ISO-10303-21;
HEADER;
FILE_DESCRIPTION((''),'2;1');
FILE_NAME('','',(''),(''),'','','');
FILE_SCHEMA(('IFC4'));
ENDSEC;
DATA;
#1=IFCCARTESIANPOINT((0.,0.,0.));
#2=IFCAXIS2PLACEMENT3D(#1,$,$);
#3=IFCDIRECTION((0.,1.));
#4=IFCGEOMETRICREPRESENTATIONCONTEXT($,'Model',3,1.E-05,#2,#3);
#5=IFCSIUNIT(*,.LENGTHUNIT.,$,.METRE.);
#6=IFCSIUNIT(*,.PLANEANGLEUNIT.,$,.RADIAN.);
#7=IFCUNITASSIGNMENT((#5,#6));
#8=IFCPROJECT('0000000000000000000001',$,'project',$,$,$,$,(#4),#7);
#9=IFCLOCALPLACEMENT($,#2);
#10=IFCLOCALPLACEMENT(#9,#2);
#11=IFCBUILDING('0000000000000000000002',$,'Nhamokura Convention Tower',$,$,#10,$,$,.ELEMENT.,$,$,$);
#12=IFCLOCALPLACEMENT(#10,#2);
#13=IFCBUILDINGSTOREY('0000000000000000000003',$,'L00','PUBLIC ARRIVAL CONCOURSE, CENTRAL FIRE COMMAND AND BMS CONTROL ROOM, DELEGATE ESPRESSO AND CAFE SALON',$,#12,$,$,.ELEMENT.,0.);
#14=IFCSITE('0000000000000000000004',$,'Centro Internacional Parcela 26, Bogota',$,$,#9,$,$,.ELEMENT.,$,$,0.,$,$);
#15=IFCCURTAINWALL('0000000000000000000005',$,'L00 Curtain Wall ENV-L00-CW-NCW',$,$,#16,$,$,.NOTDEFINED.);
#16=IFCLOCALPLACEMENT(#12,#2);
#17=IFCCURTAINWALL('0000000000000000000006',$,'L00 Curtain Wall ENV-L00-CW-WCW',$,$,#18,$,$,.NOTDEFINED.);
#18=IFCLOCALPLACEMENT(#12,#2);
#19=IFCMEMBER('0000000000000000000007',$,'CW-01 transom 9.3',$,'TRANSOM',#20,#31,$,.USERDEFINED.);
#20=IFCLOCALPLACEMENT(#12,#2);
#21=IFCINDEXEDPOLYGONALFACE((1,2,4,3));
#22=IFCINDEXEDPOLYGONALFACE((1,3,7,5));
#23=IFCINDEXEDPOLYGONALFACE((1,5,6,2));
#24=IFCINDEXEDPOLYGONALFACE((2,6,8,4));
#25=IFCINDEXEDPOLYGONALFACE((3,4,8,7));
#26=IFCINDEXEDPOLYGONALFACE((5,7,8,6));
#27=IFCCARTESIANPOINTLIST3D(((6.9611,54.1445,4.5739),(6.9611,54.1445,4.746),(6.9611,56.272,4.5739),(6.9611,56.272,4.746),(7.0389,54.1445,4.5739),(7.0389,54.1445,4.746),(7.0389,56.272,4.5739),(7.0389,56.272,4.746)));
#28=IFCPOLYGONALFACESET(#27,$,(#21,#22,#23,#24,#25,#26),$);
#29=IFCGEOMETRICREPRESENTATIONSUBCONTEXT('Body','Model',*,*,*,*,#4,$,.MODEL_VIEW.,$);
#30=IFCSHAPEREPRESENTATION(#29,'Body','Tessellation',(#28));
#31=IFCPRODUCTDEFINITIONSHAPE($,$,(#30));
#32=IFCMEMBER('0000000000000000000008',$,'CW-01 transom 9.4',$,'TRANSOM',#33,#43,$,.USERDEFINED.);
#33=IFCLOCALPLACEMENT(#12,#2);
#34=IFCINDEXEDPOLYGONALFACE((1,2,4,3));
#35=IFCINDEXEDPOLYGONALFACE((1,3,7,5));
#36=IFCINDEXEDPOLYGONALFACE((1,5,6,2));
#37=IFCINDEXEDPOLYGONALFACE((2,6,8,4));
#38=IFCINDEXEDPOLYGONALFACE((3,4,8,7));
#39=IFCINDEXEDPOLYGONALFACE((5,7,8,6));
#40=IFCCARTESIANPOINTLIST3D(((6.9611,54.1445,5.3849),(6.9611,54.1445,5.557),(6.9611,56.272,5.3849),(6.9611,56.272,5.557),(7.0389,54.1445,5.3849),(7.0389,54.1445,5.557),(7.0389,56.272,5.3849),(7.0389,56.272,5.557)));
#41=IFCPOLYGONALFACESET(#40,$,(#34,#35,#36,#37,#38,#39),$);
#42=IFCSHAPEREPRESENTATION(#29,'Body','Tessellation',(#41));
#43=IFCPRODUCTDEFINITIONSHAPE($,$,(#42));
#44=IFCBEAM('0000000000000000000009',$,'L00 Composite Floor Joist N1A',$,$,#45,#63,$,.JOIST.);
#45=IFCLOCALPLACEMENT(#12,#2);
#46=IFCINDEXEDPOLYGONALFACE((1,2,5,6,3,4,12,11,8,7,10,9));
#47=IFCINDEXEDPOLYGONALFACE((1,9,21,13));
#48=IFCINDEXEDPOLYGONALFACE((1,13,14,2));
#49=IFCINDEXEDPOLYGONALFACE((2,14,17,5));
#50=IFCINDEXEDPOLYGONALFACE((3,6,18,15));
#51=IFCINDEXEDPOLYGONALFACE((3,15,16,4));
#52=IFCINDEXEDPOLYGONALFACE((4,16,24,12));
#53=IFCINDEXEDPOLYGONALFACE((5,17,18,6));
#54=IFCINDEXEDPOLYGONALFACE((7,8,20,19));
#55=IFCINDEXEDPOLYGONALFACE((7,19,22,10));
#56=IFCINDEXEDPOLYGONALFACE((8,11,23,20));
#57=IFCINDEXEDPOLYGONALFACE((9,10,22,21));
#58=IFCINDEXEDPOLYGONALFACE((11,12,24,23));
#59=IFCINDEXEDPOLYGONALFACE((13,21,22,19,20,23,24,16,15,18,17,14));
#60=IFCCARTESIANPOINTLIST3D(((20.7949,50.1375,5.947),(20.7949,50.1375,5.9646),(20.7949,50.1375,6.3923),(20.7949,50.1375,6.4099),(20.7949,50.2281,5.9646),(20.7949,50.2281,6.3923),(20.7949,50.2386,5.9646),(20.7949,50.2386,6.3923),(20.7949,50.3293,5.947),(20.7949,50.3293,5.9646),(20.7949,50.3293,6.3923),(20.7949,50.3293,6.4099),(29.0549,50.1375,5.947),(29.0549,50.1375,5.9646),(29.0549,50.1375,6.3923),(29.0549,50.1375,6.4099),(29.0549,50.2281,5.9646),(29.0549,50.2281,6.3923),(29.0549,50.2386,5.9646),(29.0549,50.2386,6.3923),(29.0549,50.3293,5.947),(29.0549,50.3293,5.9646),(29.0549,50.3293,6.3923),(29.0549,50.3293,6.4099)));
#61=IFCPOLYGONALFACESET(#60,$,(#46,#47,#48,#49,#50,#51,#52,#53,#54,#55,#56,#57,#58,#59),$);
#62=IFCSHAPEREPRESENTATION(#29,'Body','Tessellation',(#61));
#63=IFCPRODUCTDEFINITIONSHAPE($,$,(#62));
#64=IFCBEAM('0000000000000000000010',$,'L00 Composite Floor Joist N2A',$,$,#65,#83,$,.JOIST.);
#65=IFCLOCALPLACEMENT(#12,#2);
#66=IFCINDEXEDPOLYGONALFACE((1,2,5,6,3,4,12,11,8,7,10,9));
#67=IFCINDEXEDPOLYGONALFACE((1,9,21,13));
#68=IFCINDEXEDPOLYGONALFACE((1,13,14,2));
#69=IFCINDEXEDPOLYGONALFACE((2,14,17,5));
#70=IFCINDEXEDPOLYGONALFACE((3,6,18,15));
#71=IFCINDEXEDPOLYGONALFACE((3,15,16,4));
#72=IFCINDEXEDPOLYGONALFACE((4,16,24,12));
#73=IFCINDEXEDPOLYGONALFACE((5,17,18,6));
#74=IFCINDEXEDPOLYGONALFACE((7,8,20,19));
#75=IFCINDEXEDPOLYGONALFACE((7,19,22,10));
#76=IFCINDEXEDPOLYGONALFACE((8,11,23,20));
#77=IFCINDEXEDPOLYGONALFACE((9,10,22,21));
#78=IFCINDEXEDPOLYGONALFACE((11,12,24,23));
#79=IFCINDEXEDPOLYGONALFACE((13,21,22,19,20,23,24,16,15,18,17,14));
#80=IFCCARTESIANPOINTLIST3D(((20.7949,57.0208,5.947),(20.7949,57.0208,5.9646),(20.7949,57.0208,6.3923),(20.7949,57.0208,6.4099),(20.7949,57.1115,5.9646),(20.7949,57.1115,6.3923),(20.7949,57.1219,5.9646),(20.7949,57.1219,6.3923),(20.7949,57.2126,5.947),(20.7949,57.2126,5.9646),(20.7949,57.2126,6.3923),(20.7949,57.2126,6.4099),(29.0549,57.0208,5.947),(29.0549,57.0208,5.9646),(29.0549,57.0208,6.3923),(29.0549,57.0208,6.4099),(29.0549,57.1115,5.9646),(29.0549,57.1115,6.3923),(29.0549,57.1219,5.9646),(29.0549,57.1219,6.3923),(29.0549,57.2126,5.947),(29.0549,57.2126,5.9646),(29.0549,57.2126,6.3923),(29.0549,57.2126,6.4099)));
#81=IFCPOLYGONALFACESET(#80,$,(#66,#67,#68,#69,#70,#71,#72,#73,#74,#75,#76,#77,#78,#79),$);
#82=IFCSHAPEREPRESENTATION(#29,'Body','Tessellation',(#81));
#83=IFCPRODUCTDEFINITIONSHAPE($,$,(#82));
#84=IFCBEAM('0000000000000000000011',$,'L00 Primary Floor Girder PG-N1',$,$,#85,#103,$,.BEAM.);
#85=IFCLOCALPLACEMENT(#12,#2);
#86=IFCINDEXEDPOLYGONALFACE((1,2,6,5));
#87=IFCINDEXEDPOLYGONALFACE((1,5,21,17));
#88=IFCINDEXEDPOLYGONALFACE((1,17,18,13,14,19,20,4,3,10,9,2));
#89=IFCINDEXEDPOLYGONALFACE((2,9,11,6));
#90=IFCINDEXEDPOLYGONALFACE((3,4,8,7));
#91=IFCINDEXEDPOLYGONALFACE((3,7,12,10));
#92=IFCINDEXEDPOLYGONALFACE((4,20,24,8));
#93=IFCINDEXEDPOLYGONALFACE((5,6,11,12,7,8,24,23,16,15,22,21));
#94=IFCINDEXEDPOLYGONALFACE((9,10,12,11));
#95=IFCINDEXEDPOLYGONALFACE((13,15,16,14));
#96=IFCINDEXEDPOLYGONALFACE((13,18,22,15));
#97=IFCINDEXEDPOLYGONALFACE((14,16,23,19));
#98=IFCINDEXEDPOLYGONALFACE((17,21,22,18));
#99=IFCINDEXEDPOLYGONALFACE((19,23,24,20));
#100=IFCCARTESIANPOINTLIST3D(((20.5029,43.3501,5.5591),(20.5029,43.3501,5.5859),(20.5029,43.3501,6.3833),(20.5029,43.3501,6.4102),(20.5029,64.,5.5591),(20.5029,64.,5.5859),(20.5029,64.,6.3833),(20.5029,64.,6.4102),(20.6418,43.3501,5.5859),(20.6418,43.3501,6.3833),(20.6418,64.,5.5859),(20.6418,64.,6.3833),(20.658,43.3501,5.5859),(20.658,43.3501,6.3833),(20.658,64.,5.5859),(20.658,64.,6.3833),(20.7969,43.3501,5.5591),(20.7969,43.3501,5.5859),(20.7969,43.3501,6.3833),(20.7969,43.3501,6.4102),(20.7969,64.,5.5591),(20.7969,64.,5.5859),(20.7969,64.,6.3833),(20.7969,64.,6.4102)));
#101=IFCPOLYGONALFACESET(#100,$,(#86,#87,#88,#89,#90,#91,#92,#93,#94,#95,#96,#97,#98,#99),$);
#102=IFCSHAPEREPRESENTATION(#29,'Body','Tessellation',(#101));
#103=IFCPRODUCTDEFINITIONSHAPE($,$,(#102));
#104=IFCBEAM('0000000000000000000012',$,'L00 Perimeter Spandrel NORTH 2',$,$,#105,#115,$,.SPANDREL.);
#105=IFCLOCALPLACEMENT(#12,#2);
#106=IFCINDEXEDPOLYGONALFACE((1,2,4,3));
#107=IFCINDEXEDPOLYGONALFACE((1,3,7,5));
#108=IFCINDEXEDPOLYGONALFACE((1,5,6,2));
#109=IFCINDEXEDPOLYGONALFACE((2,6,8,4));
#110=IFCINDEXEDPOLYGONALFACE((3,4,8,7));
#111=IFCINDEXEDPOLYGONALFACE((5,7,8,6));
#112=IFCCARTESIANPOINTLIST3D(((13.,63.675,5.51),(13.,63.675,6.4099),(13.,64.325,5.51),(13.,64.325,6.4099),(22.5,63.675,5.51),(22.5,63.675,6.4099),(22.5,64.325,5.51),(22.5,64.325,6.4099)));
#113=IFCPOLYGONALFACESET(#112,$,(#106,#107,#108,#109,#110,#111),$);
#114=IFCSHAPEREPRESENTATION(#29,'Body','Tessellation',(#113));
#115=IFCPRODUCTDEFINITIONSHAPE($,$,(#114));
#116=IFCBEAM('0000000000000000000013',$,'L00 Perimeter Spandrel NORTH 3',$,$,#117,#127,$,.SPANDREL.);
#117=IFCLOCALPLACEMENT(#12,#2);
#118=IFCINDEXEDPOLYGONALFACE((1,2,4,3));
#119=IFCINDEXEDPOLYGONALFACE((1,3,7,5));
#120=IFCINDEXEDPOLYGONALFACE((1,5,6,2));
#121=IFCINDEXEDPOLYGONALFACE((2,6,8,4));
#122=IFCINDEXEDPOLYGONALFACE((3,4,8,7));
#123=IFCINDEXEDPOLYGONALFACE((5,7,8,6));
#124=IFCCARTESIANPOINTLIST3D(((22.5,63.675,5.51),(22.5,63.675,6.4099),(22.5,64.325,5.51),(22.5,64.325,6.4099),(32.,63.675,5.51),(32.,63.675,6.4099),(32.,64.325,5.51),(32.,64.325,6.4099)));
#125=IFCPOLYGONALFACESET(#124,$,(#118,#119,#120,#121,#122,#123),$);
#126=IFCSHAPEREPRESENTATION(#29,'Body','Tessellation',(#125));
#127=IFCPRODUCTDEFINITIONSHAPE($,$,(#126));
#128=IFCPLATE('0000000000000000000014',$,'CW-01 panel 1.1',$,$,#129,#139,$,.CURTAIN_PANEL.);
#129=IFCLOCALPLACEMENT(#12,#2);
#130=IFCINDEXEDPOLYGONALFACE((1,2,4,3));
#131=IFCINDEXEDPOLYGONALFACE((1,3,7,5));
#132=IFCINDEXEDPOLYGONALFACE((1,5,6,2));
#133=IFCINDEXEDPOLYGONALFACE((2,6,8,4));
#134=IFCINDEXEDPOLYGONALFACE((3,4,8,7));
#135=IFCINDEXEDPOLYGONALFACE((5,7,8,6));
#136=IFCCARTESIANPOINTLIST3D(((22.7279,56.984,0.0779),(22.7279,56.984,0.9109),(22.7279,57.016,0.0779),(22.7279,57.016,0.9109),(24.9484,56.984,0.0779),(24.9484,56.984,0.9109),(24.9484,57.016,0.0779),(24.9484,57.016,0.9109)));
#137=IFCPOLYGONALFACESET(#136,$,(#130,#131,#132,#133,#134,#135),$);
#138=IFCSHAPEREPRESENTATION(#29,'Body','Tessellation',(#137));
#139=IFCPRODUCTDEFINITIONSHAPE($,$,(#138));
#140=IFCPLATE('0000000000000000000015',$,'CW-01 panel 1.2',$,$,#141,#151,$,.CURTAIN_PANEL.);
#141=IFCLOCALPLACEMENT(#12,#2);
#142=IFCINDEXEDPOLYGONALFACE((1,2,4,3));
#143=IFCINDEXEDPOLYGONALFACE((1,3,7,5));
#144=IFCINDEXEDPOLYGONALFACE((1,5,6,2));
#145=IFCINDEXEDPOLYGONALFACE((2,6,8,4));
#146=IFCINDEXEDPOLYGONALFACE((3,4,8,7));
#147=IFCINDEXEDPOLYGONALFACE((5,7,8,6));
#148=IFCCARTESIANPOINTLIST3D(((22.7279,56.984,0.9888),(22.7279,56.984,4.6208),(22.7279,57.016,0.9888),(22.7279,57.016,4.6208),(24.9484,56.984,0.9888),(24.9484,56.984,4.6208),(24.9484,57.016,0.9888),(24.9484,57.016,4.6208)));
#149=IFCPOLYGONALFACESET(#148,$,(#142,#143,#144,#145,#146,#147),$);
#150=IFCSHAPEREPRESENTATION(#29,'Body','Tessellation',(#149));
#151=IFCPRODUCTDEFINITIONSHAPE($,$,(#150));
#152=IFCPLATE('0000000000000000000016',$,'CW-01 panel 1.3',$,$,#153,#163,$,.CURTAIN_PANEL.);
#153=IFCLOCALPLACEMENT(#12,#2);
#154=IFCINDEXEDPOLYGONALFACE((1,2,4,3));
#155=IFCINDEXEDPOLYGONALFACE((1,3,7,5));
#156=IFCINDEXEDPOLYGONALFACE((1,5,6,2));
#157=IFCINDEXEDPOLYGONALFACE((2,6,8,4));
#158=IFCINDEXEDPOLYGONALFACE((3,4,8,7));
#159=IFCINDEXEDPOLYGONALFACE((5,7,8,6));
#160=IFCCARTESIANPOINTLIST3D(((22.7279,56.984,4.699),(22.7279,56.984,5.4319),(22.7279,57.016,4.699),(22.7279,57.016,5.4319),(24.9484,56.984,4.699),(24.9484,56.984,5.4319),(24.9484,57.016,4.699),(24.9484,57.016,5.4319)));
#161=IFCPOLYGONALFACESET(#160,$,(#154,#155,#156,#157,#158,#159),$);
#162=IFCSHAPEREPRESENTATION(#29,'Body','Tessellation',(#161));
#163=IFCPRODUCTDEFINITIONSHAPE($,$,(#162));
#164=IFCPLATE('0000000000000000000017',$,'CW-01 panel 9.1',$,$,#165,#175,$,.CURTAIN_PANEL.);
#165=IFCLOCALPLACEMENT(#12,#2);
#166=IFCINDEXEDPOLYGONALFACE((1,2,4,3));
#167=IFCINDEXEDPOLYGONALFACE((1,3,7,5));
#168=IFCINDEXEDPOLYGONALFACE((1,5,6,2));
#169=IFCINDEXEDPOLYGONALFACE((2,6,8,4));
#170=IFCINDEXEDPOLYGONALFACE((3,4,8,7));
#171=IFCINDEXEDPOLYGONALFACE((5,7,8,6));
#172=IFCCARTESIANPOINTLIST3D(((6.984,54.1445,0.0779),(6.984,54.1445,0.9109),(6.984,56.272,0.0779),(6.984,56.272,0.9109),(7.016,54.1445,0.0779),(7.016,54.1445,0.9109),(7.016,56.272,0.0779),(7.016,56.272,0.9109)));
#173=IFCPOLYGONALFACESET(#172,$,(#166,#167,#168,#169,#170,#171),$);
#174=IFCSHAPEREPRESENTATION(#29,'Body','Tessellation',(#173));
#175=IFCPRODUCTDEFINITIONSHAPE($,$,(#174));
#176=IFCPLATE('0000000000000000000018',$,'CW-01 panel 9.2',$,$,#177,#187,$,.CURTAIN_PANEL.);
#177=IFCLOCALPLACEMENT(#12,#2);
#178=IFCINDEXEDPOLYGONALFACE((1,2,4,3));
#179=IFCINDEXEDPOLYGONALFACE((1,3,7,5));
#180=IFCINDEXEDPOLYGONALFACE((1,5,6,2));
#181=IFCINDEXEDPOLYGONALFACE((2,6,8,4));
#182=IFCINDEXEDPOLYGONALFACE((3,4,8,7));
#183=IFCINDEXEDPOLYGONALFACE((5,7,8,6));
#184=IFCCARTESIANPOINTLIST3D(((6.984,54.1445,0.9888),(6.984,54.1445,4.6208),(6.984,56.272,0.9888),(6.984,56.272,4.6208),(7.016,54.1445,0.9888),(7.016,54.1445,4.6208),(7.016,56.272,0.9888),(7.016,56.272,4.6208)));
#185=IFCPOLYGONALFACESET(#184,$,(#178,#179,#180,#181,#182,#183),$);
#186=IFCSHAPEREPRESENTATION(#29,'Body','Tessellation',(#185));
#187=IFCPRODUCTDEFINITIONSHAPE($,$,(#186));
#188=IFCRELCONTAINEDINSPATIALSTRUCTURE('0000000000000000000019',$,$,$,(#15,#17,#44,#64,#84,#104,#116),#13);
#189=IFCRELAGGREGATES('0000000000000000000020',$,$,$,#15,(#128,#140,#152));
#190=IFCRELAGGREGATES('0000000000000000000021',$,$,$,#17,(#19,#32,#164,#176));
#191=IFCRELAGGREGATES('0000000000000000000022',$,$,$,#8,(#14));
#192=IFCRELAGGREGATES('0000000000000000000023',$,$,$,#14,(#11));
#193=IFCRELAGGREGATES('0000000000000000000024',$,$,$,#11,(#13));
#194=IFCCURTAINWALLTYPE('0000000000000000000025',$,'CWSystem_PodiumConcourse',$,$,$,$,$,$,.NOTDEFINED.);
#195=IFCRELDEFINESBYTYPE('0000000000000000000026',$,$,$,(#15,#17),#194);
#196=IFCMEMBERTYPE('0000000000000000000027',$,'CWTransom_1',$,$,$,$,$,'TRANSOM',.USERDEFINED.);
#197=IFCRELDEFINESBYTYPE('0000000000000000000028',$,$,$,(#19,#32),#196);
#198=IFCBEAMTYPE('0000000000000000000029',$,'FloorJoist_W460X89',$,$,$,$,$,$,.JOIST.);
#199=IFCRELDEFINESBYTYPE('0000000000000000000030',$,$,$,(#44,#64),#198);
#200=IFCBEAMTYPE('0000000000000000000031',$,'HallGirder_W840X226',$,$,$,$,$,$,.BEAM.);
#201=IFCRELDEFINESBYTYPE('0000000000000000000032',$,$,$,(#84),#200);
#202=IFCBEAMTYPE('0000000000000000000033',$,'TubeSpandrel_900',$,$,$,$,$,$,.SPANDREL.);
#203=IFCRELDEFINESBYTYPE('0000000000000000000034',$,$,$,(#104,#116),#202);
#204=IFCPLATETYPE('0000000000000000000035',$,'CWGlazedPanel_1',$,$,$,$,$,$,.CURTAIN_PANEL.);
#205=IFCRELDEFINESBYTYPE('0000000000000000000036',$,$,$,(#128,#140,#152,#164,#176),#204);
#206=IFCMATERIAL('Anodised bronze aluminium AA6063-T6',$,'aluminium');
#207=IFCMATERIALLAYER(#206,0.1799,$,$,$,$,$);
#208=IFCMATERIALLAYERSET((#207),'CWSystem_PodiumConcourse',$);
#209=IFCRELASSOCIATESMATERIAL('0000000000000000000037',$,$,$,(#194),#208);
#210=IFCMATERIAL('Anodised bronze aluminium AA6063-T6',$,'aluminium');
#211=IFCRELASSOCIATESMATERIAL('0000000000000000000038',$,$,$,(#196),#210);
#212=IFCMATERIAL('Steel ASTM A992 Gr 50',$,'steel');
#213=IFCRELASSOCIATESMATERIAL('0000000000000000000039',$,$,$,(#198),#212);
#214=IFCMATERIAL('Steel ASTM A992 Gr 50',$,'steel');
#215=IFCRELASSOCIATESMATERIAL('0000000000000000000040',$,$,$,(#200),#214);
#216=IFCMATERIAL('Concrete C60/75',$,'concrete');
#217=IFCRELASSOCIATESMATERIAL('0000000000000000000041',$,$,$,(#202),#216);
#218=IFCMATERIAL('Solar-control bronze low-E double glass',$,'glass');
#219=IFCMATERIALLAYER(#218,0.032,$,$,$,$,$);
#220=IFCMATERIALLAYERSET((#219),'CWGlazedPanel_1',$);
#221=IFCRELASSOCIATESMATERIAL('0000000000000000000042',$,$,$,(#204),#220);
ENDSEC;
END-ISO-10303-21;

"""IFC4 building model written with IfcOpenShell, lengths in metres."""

from ifc_helpers import new_model, si_unit, direction, frame, origin, origin_2d, place, context, subcontext, project, spatial, rectangle, i_section, extrude, material, layer, layer_set, material_profile, profile_set, type_object, element, aggregate, save


model = new_model("IFC4")

# Units and contexts
model_context = context("Model", 3, precision=1e-05, world=origin(), true_north=direction((0.0, 1.0)))
body_context = subcontext(model_context, "Body", "Model", "MODEL_VIEW")
ifc_project = project(units=[si_unit("LENGTHUNIT", "METRE"), si_unit("PLANEANGLEUNIT", "RADIAN")], contexts=[model_context])

# Site, building, storey
site_placement = place(None, origin())
site = spatial("IfcSite", under=ifc_project, at=site_placement, Name="Centro Internacional Parcela 26, Bogota", CompositionType="ELEMENT", RefElevation=0.0)
building_placement = place(site_placement, origin())
building = spatial("IfcBuilding", under=site, at=building_placement, Name="Nhamokura Convention Tower", CompositionType="ELEMENT")
storey_placement = place(building_placement, origin())
storey = spatial("IfcBuildingStorey", under=building, at=storey_placement, Name="L00", Description="PUBLIC ARRIVAL CONCOURSE, CENTRAL FIRE COMMAND AND BMS CONTROL ROOM, DELEGATE ESPRESSO AND CAFE SALON", CompositionType="ELEMENT", Elevation=0.0)

# Curtain wall
ifc_material_1 = material(Name="Anodised bronze aluminium AA6063-T6", Category="aluminium")
ifc_layer_1 = layer(ifc_material_1, 0.1799)
ifc_layer_set_1 = layer_set([ifc_layer_1], Name="CWSystem_PodiumConcourse")
curtain_wall_type = type_object("IfcCurtainWallType", Name="CWSystem_PodiumConcourse", PredefinedType="NOTDEFINED", material=ifc_layer_set_1)
curtain_wall_1_placement = place(storey_placement, origin())
curtain_wall_1 = element("IfcCurtainWall", 1, at=curtain_wall_1_placement, inside=storey, type_object=curtain_wall_type, Name="L00 Curtain Wall ENV-L00-CW-NCW", PredefinedType="NOTDEFINED")

# Curtain wall
curtain_wall_2_placement = place(storey_placement, origin())
curtain_wall_2 = element("IfcCurtainWall", 2, at=curtain_wall_2_placement, inside=storey, type_object=curtain_wall_type, Name="L00 Curtain Wall ENV-L00-CW-WCW", PredefinedType="NOTDEFINED")

# Members
ifc_material_2 = material(Name="Anodised bronze aluminium AA6063-T6", Category="aluminium")
ifc_material_profile_1 = material_profile(ifc_material_2, rectangle(XDim=0.0779, YDim=0.1721, at=origin_2d()))
ifc_profile_set_1 = profile_set([ifc_material_profile_1], Name="Anodised bronze aluminium AA6063-T6")
member_type_1 = type_object("IfcMemberType", Name="CWTransom_1", ElementType="TRANSOM", PredefinedType="USERDEFINED", material=ifc_profile_set_1)
member_1_placement = place(storey_placement, frame((7.0, 54.1445, 4.6599), z_axis=(0.0, 1.0, 0.0), x_axis=(-1.0, 0.0, 0.0)))
member_1 = element("IfcMember", 3, at=member_1_placement, type_object=member_type_1, Name="CW-01 transom 9.3", ObjectType="TRANSOM", PredefinedType="USERDEFINED", context=body_context, shape_type="SweptSolid", body=[
    extrude(rectangle(XDim=0.0779, YDim=0.1721, at=origin_2d()), origin(), (0.0, 0.0, 1.0), 2.1274),
])
member_2_placement = place(storey_placement, frame((7.0, 54.1445, 5.4709), z_axis=(0.0, 1.0, 0.0), x_axis=(-1.0, 0.0, 0.0)))
member_2 = element("IfcMember", 4, at=member_2_placement, type_object=member_type_1, Name="CW-01 transom 9.4", ObjectType="TRANSOM", PredefinedType="USERDEFINED", context=body_context, shape_type="SweptSolid", body=[
    extrude(rectangle(XDim=0.0779, YDim=0.1721, at=origin_2d()), origin(), (0.0, 0.0, 1.0), 2.1274),
])

# Beams
ifc_material_3 = material(Name="Steel ASTM A992 Gr 50", Category="steel")
ifc_material_profile_2 = material_profile(ifc_material_3, i_section(OverallWidth=0.1919, OverallDepth=0.4629, WebThickness=0.0105, FlangeThickness=0.0176, at=origin_2d()))
ifc_profile_set_2 = profile_set([ifc_material_profile_2], Name="Steel ASTM A992 Gr 50")
beam_type_1 = type_object("IfcBeamType", Name="FloorJoist_W460X89", PredefinedType="JOIST", material=ifc_profile_set_2)
for number, where, z_axis, x_axis, name in (
    (5, (20.7949, 50.2334, 6.1785), (1.0, 0.0, 0.0), (0.0, 1.0, 0.0), "L00 Composite Floor Joist N1A"),
    (6, (20.7949, 57.1167, 6.1785), (1.0, 0.0, 0.0), (0.0, 1.0, 0.0), "L00 Composite Floor Joist N2A"),
):
    element("IfcBeam", number, at=place(storey_placement, frame(where, z_axis=z_axis, x_axis=x_axis)), inside=storey, type_object=beam_type_1, Name=name, PredefinedType="JOIST", context=body_context, shape_type="SweptSolid", body=[
        extrude(i_section(OverallWidth=0.1919, OverallDepth=0.4629, WebThickness=0.0105, FlangeThickness=0.0176, at=origin_2d()), origin(), (0.0, 0.0, 1.0), 8.26),
    ])
ifc_material_4 = material(Name="Steel ASTM A992 Gr 50", Category="steel")
ifc_material_profile_3 = material_profile(ifc_material_4, i_section(OverallWidth=0.2939, OverallDepth=0.8511, WebThickness=0.0161, FlangeThickness=0.0269, at=origin_2d()))
ifc_profile_set_3 = profile_set([ifc_material_profile_3], Name="Steel ASTM A992 Gr 50")
beam_type_2 = type_object("IfcBeamType", Name="HallGirder_W840X226", PredefinedType="BEAM", material=ifc_profile_set_3)
beam_placement = place(storey_placement, frame((20.6499, 43.3501, 5.9846), z_axis=(0.0, 1.0, 0.0), x_axis=(-1.0, 0.0, 0.0)))
element("IfcBeam", 7, at=beam_placement, inside=storey, type_object=beam_type_2, Name="L00 Primary Floor Girder PG-N1", PredefinedType="BEAM", context=body_context, shape_type="SweptSolid", body=[
    extrude(i_section(OverallWidth=0.2939, OverallDepth=0.8511, WebThickness=0.0161, FlangeThickness=0.0269, at=origin_2d()), origin(), (0.0, 0.0, 1.0), 20.6499),
])
ifc_material_5 = material(Name="Concrete C60/75", Category="concrete")
ifc_material_profile_4 = material_profile(ifc_material_5, rectangle(XDim=0.6499, YDim=0.8999, at=origin_2d()))
ifc_profile_set_4 = profile_set([ifc_material_profile_4], Name="Concrete C60/75")
beam_type_3 = type_object("IfcBeamType", Name="TubeSpandrel_900", PredefinedType="SPANDREL", material=ifc_profile_set_4)
for number, where, z_axis, x_axis, name in (
    (8, (13.0, 64.0, 5.96), (1.0, 0.0, 0.0), (0.0, 1.0, 0.0), "L00 Perimeter Spandrel NORTH 2"),
    (9, (22.5, 64.0, 5.96), (1.0, 0.0, 0.0), (0.0, 1.0, 0.0), "L00 Perimeter Spandrel NORTH 3"),
):
    element("IfcBeam", number, at=place(storey_placement, frame(where, z_axis=z_axis, x_axis=x_axis)), inside=storey, type_object=beam_type_3, Name=name, PredefinedType="SPANDREL", context=body_context, shape_type="SweptSolid", body=[
        extrude(rectangle(XDim=0.6499, YDim=0.8999, at=origin_2d()), origin(), (0.0, 0.0, 1.0), 9.5),
    ])

# Plates
ifc_material_6 = material(Name="Solar-control bronze low-E double glass", Category="glass")
ifc_layer_2 = layer(ifc_material_6, 0.032)
ifc_layer_set_2 = layer_set([ifc_layer_2], Name="CWGlazedPanel_1")
plate_type = type_object("IfcPlateType", Name="CWGlazedPanel_1", PredefinedType="CURTAIN_PANEL", material=ifc_layer_set_2)
plate_1_placement = place(storey_placement, frame((23.8381, 57.0, 0.0779), z_axis=(0.0, 0.0, 1.0), x_axis=(1.0, 0.0, 0.0)))
plate_1 = element("IfcPlate", 10, at=plate_1_placement, type_object=plate_type, Name="CW-01 panel 1.1", PredefinedType="CURTAIN_PANEL", context=body_context, shape_type="SweptSolid", body=[
    extrude(rectangle(XDim=2.2205, YDim=0.032, at=origin_2d()), origin(), (0.0, 0.0, 1.0), 0.833),
])
plate_2_placement = place(storey_placement, frame((23.8381, 57.0, 0.9888), z_axis=(0.0, 0.0, 1.0), x_axis=(1.0, 0.0, 0.0)))
plate_2 = element("IfcPlate", 11, at=plate_2_placement, type_object=plate_type, Name="CW-01 panel 1.2", PredefinedType="CURTAIN_PANEL", context=body_context, shape_type="SweptSolid", body=[
    extrude(rectangle(XDim=2.2205, YDim=0.032, at=origin_2d()), origin(), (0.0, 0.0, 1.0), 3.6321),
])
plate_3_placement = place(storey_placement, frame((23.8381, 57.0, 4.699), z_axis=(0.0, 0.0, 1.0), x_axis=(1.0, 0.0, 0.0)))
plate_3 = element("IfcPlate", 12, at=plate_3_placement, type_object=plate_type, Name="CW-01 panel 1.3", PredefinedType="CURTAIN_PANEL", context=body_context, shape_type="SweptSolid", body=[
    extrude(rectangle(XDim=2.2205, YDim=0.032, at=origin_2d()), origin(), (0.0, 0.0, 1.0), 0.7329),
])
aggregate(curtain_wall_1, [plate_1, plate_2, plate_3])
plate_4_placement = place(storey_placement, frame((7.0, 55.2083, 0.0779), z_axis=(0.0, 0.0, 1.0), x_axis=(0.0, 1.0, 0.0)))
plate_4 = element("IfcPlate", 13, at=plate_4_placement, type_object=plate_type, Name="CW-01 panel 9.1", PredefinedType="CURTAIN_PANEL", context=body_context, shape_type="SweptSolid", body=[
    extrude(rectangle(XDim=2.1274, YDim=0.032, at=origin_2d()), origin(), (0.0, 0.0, 1.0), 0.833),
])
plate_5_placement = place(storey_placement, frame((7.0, 55.2083, 0.9888), z_axis=(0.0, 0.0, 1.0), x_axis=(0.0, 1.0, 0.0)))
plate_5 = element("IfcPlate", 14, at=plate_5_placement, type_object=plate_type, Name="CW-01 panel 9.2", PredefinedType="CURTAIN_PANEL", context=body_context, shape_type="SweptSolid", body=[
    extrude(rectangle(XDim=2.1274, YDim=0.032, at=origin_2d()), origin(), (0.0, 0.0, 1.0), 3.6321),
])
aggregate(curtain_wall_2, [member_1, member_2, plate_4, plate_5])

save(model, "model.ifc")
